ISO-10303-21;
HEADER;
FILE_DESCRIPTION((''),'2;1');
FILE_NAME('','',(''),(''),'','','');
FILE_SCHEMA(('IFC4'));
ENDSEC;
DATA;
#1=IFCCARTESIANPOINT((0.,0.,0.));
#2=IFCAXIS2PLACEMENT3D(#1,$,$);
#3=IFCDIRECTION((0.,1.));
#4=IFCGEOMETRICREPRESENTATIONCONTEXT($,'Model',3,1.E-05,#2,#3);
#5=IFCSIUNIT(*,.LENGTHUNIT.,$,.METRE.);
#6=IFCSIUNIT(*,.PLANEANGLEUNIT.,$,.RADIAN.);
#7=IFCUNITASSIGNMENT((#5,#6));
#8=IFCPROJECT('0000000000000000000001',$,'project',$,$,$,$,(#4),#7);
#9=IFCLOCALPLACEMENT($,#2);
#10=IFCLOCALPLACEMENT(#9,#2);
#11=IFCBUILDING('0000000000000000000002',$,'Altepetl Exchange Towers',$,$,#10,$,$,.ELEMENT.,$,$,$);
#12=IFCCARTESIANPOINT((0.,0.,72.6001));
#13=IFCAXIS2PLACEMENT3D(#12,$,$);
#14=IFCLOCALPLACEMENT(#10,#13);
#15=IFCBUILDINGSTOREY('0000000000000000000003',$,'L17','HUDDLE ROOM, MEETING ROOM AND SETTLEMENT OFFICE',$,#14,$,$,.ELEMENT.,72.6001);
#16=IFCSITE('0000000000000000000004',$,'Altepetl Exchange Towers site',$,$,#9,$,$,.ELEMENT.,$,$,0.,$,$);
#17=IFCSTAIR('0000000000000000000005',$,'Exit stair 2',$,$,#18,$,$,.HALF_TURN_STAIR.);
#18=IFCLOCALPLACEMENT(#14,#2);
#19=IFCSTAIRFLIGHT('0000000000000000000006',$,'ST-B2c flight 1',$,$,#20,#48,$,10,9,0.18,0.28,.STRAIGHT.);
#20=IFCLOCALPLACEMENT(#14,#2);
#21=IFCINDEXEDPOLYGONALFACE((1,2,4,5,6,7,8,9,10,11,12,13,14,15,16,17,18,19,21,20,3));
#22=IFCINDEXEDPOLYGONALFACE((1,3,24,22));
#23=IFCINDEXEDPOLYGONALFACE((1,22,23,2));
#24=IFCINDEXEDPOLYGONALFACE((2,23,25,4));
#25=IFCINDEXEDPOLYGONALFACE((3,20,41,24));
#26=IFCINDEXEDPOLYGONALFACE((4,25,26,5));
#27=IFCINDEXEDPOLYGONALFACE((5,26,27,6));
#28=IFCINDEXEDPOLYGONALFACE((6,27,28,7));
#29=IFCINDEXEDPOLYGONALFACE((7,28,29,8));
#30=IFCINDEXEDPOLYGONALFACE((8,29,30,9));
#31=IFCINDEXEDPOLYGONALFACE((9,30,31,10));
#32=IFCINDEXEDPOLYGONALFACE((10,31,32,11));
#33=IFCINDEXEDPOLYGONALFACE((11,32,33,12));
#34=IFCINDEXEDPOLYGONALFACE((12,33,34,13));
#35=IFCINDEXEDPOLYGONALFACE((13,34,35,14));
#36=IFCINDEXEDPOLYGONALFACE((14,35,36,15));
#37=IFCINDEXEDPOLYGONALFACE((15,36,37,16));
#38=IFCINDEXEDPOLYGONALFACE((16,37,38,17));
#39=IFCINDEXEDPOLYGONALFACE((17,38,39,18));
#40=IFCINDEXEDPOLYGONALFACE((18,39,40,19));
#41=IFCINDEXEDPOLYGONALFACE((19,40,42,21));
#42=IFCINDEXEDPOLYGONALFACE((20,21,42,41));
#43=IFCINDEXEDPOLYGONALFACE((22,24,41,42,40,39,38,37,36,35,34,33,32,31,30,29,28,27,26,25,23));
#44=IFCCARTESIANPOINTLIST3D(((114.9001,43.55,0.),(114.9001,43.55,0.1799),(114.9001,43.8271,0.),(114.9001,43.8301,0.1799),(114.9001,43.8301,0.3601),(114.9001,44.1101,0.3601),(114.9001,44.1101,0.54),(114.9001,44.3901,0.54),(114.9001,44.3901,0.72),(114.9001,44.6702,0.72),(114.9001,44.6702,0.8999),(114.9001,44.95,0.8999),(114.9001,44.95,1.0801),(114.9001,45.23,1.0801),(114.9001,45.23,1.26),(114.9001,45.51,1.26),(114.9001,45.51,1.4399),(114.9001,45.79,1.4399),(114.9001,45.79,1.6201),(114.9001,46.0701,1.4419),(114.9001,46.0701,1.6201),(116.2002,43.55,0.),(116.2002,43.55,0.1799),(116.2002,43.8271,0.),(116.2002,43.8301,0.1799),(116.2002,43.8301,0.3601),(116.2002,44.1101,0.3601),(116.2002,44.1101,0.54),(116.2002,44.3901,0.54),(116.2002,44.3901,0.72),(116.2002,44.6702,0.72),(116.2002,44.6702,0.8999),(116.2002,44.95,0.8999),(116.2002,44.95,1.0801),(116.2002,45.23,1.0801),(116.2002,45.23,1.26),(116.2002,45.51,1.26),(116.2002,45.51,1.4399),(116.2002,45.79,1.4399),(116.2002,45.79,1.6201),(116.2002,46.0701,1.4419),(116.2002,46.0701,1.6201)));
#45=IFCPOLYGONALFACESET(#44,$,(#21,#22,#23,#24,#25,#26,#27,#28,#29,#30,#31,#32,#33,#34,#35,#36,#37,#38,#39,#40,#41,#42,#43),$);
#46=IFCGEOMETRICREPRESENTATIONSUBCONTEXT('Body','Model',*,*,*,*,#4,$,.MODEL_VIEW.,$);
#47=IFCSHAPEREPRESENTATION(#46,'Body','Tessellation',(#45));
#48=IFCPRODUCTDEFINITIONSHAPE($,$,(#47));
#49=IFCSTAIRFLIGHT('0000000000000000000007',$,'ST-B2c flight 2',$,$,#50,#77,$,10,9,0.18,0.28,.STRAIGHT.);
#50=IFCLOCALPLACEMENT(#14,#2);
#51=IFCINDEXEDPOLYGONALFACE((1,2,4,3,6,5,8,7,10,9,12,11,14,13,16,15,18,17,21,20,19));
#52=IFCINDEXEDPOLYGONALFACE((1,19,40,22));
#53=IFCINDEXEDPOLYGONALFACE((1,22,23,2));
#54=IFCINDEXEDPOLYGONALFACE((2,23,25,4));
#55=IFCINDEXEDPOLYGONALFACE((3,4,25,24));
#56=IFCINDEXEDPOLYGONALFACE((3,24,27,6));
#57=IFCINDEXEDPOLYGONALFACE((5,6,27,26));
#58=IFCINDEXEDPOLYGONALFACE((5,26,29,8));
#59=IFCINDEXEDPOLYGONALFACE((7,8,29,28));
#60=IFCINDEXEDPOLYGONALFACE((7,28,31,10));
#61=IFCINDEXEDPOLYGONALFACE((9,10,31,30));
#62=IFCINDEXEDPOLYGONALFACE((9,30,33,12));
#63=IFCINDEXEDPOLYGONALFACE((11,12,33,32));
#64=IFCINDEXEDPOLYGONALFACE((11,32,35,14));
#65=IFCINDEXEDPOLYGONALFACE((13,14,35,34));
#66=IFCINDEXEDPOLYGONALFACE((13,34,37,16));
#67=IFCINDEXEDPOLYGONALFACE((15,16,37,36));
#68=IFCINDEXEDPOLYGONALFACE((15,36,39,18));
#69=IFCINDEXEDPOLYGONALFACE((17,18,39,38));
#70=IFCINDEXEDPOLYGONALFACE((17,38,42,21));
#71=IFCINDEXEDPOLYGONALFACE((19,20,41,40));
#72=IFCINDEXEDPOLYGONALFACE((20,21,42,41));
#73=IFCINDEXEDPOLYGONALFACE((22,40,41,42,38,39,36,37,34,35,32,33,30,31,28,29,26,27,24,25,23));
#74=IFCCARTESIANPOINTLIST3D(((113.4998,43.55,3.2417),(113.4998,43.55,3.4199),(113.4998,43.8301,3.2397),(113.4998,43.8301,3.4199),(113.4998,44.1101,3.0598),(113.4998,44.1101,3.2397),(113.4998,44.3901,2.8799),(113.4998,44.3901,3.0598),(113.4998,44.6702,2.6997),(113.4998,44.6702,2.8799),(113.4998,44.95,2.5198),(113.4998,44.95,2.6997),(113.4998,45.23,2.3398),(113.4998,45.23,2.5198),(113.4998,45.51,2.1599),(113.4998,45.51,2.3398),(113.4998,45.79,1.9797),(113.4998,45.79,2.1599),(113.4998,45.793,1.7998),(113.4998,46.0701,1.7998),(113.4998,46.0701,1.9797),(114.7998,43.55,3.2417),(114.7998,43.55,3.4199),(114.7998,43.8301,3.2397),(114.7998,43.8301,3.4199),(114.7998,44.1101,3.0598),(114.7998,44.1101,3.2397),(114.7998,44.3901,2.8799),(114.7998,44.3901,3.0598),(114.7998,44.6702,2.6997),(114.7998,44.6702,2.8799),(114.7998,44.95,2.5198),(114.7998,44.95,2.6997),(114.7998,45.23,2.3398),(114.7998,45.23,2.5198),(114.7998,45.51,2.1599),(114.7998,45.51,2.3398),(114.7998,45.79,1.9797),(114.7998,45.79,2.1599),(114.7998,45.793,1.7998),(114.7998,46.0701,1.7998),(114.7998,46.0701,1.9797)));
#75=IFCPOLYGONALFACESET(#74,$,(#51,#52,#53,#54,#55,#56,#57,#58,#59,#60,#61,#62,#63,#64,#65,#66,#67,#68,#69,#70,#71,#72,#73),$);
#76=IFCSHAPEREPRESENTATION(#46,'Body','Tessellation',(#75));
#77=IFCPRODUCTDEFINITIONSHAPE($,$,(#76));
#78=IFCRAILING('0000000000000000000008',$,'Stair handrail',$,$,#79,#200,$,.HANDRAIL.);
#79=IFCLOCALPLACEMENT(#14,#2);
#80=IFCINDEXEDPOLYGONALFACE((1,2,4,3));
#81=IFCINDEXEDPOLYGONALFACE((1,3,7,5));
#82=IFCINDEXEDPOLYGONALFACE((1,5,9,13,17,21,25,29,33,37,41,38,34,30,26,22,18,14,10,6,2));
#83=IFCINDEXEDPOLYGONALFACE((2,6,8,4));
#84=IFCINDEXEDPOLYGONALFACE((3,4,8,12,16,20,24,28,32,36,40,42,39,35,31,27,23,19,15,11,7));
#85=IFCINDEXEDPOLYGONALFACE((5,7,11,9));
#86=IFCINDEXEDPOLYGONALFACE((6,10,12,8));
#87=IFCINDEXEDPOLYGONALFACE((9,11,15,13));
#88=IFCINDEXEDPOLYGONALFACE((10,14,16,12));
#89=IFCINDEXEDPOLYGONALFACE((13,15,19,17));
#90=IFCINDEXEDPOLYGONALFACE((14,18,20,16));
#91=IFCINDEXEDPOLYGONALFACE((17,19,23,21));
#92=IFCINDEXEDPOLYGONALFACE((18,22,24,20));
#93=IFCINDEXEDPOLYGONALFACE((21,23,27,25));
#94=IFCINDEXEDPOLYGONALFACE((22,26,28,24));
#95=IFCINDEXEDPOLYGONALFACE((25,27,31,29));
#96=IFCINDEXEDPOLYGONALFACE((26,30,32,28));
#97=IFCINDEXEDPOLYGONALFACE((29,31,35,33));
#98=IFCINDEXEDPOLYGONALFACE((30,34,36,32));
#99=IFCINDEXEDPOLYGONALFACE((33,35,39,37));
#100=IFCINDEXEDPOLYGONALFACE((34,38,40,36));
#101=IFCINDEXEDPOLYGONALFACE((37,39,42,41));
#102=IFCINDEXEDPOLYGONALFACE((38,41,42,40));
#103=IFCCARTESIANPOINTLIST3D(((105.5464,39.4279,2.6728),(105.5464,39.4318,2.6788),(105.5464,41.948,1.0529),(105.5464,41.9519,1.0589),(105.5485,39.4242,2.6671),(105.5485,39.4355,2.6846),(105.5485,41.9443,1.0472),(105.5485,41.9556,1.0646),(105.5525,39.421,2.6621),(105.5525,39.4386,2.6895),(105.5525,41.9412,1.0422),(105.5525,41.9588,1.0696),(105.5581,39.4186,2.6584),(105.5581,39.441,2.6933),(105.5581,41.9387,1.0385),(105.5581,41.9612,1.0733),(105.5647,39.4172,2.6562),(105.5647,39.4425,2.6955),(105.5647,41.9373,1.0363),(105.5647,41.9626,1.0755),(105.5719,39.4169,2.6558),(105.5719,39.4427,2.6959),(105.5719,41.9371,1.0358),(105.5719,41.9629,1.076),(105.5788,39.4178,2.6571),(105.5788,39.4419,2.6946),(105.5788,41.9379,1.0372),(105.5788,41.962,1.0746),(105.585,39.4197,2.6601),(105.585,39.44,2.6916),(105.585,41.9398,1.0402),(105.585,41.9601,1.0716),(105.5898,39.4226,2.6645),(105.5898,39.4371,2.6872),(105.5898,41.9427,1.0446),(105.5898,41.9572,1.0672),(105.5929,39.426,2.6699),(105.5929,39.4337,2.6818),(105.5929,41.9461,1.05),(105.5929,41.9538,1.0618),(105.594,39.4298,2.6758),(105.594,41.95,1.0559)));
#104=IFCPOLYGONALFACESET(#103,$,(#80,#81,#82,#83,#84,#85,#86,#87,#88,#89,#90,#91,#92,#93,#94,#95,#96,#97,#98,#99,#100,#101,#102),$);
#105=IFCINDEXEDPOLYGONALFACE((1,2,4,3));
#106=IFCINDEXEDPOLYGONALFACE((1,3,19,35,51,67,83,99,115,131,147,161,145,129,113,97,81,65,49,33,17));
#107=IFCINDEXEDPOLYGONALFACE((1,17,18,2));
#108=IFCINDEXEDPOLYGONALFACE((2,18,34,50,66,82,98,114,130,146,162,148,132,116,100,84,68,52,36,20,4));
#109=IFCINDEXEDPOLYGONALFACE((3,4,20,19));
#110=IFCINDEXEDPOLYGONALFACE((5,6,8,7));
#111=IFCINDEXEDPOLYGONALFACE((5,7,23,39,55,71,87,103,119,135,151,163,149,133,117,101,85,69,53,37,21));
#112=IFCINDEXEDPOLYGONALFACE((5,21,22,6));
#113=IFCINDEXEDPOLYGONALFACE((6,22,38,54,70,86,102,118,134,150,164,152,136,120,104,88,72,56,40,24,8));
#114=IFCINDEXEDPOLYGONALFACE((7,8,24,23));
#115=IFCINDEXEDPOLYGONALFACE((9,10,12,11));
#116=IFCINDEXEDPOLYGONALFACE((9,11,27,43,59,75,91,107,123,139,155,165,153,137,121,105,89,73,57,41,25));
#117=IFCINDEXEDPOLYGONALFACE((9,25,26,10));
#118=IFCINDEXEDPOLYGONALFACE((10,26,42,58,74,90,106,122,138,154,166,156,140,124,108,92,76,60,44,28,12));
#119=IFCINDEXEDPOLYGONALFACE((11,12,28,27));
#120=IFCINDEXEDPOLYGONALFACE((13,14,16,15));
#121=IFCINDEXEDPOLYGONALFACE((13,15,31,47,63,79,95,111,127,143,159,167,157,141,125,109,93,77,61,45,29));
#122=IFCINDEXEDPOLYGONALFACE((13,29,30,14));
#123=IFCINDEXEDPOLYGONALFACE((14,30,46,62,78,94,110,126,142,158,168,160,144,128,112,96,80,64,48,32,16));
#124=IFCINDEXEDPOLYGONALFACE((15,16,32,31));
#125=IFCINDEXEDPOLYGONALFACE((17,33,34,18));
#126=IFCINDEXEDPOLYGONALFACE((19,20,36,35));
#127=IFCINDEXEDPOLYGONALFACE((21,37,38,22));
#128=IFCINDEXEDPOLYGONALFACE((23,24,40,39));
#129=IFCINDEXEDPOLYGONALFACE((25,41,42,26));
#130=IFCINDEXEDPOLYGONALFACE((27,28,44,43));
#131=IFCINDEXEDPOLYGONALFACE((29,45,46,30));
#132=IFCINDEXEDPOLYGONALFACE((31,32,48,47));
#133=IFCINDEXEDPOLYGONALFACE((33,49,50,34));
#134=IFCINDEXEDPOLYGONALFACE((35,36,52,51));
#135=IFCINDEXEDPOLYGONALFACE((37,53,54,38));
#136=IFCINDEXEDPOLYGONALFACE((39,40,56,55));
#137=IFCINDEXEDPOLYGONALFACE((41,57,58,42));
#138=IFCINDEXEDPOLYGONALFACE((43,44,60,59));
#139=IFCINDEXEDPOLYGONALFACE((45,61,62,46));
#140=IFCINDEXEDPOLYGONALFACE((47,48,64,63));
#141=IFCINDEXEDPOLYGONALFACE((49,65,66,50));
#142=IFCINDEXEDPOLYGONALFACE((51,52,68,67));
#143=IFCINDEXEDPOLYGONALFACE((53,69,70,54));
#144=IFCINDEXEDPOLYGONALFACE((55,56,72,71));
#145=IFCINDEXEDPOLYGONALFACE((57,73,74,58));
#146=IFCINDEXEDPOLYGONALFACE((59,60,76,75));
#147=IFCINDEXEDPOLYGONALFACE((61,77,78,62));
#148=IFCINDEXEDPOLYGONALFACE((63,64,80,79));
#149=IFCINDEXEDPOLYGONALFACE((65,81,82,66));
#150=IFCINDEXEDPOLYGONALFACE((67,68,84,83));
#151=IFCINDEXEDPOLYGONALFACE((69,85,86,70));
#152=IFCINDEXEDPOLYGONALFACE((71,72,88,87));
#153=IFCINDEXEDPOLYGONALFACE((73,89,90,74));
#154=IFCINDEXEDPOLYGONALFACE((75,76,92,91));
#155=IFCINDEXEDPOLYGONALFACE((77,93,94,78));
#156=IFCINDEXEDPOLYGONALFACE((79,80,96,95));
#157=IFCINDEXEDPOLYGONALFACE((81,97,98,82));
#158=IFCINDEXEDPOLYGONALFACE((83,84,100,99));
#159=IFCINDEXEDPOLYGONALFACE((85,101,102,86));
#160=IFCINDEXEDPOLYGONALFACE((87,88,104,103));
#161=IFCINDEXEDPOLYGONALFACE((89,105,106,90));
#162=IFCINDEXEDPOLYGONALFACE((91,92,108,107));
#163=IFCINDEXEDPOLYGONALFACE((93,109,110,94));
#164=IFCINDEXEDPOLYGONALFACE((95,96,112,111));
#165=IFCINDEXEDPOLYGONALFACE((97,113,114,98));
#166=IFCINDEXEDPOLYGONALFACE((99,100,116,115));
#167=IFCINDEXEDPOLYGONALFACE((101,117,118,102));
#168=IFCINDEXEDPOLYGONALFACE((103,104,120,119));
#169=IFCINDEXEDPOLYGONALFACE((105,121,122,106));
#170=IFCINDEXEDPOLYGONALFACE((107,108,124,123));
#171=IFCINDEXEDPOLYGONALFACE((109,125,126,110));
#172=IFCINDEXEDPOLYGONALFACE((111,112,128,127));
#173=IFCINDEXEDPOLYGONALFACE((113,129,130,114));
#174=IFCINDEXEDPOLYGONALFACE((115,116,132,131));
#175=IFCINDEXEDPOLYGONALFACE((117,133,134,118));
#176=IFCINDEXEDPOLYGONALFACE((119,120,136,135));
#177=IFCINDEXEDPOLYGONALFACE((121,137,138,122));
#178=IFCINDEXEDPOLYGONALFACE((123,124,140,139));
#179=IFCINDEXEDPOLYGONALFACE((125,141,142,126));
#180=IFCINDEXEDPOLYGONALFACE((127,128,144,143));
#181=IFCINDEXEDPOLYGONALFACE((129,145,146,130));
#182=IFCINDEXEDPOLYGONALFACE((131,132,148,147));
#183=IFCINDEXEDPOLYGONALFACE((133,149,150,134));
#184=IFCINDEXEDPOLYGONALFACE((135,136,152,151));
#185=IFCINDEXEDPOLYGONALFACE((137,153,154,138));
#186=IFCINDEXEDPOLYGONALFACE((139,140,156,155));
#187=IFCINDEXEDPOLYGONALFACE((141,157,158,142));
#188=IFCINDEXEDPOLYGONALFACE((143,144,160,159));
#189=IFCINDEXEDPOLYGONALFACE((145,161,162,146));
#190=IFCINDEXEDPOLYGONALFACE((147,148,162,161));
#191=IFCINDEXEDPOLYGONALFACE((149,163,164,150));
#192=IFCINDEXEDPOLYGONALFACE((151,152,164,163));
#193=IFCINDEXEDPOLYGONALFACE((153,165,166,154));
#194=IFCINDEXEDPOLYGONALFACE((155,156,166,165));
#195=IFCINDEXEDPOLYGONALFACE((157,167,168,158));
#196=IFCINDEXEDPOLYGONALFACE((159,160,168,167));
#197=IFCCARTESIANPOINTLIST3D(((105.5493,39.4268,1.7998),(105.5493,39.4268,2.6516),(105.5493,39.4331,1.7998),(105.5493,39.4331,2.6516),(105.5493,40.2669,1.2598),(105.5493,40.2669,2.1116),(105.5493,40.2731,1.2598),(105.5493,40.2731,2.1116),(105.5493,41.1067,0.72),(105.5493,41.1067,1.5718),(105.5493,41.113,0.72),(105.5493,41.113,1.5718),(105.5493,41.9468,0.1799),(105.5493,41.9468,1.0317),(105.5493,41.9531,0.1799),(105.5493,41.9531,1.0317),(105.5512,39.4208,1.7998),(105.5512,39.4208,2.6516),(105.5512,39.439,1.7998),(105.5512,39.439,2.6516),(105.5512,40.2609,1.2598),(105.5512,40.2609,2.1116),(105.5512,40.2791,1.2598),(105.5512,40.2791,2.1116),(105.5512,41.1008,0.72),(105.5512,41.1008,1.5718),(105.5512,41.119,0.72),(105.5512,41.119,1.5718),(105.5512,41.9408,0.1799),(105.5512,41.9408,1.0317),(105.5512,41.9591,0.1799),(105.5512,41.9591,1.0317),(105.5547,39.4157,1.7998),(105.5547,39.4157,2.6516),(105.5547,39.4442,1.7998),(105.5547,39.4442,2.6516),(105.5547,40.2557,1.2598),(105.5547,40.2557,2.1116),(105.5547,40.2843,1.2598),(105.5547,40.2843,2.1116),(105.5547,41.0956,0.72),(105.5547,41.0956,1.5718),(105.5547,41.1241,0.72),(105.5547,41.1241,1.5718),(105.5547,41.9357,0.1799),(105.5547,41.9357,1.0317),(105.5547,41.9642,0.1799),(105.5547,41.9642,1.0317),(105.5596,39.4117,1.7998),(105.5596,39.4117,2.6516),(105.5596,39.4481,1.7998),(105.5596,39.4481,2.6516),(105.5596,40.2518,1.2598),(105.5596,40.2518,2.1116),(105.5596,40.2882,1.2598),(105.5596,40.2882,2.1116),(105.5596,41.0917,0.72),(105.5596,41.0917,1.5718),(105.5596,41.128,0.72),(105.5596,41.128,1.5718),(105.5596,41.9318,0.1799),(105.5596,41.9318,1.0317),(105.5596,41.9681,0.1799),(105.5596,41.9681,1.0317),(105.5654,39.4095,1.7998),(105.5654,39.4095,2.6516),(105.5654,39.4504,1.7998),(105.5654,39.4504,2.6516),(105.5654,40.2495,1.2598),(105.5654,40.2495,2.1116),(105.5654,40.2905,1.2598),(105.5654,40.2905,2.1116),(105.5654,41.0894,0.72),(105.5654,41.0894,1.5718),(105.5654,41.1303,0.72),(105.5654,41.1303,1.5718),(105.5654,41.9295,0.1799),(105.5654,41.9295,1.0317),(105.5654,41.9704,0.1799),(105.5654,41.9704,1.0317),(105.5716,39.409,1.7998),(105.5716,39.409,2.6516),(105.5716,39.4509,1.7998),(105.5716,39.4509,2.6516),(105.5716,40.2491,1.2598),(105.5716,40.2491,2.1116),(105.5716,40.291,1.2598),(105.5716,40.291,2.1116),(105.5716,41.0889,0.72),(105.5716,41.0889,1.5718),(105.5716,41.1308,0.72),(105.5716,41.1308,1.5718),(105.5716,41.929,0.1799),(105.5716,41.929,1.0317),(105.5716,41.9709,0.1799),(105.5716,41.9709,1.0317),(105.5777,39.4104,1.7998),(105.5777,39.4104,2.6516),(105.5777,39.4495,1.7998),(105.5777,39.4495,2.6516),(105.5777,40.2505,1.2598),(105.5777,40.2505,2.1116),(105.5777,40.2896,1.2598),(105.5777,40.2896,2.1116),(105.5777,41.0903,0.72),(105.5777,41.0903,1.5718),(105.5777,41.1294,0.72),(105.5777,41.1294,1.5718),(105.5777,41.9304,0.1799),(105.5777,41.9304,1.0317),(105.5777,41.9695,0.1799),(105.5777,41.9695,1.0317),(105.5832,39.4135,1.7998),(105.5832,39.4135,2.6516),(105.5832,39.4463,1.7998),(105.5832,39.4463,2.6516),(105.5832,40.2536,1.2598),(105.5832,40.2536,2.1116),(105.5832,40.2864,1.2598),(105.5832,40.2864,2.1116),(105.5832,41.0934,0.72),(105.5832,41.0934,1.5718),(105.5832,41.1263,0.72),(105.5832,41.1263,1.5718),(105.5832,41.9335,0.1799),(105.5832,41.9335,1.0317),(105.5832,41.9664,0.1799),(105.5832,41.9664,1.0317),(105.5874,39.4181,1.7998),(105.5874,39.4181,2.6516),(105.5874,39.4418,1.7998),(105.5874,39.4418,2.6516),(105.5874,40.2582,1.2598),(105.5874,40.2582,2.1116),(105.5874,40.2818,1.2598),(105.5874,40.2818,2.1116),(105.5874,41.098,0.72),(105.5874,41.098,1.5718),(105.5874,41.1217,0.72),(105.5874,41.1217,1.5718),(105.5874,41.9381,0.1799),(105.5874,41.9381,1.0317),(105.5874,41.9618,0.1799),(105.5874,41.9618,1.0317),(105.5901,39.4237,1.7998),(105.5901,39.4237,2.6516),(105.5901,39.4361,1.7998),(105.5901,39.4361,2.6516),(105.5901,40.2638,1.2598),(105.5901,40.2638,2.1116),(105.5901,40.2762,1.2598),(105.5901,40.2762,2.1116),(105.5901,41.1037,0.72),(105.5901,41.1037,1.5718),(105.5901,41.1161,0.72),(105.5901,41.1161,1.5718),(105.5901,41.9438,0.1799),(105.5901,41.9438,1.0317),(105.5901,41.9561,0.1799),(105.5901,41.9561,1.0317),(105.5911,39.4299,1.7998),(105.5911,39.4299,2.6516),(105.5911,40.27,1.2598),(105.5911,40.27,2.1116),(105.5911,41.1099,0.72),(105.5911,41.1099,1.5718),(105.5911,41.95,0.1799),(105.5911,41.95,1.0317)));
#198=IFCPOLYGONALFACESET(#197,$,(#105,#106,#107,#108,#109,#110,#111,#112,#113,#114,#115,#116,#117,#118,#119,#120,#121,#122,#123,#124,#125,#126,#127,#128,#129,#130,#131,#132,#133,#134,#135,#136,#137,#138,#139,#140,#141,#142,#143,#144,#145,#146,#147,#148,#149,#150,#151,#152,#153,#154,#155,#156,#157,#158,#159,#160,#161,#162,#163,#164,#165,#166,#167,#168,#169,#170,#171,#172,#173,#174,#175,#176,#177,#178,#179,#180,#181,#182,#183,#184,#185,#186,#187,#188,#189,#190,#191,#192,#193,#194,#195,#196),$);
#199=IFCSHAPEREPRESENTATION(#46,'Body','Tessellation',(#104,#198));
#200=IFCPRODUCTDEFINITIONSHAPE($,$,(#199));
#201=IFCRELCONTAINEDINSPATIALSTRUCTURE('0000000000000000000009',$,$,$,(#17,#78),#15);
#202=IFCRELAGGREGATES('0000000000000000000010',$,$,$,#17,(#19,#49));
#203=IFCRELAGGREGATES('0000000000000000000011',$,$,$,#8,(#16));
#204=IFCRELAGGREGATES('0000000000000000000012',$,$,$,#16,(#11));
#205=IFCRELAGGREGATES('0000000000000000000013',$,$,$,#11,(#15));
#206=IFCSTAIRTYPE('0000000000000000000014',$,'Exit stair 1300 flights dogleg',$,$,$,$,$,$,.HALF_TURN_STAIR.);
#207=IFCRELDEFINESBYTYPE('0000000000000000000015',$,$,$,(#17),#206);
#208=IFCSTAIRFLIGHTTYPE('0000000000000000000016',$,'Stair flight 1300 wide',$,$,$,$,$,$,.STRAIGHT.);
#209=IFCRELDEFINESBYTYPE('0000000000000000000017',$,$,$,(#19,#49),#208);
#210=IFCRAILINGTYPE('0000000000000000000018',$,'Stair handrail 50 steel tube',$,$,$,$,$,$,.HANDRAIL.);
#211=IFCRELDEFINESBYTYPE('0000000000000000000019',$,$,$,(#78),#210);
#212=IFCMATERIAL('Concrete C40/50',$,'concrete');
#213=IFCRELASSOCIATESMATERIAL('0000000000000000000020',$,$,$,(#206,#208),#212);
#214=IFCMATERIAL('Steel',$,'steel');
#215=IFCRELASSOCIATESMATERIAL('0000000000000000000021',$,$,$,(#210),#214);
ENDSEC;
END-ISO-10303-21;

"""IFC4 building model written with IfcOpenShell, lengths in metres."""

from ifc_helpers import new_model, si_unit, direction, frame, origin, origin_2d, place, context, subcontext, project, spatial, polyline, circle, outline, extrude, source, transform, mapped, material, type_object, element, aggregate, save


model = new_model("IFC4")

# Units and contexts
model_context = context("Model", 3, precision=1e-05, world=origin(), true_north=direction((0.0, 1.0)))
body_context = subcontext(model_context, "Body", "Model", "MODEL_VIEW")
ifc_project = project(units=[si_unit("LENGTHUNIT", "METRE"), si_unit("PLANEANGLEUNIT", "RADIAN")], contexts=[model_context])

# Site, building, storey
site_placement = place(None, origin())
site = spatial("IfcSite", under=ifc_project, at=site_placement, Name="Altepetl Exchange Towers site", CompositionType="ELEMENT", RefElevation=0.0)
building_placement = place(site_placement, origin())
building = spatial("IfcBuilding", under=site, at=building_placement, Name="Altepetl Exchange Towers", CompositionType="ELEMENT")
storey_placement = place(building_placement, frame((0.0, 0.0, 72.6001)))
storey = spatial("IfcBuildingStorey", under=building, at=storey_placement, Name="L17", Description="HUDDLE ROOM, MEETING ROOM AND SETTLEMENT OFFICE", CompositionType="ELEMENT", Elevation=72.6001)

# Shared definitions
ifc_material_1 = material(Name="Concrete C40/50", Category="concrete")

# Shared definitions
stair_type = type_object("IfcStairType", Name="Exit stair 1300 flights dogleg", PredefinedType="HALF_TURN_STAIR", material=ifc_material_1)
stair_flight_type = type_object("IfcStairFlightType", Name="Stair flight 1300 wide", PredefinedType="STRAIGHT", material=ifc_material_1)

# Stair, stair flights
stair_1_placement = place(storey_placement, origin())
stair_1 = element("IfcStair", 1, at=stair_1_placement, inside=storey, type_object=stair_type, Name="Exit stair 2", PredefinedType="HALF_TURN_STAIR")
stair_flight_1_placement = place(storey_placement, frame((115.55, 43.55, 0.0), z_axis=(0.0, 0.0, 1.0), x_axis=(0.0, 1.0, 0.0)))
stair_flight_1 = element("IfcStairFlight", 2, at=stair_flight_1_placement, type_object=stair_flight_type, Name="ST-B2c flight 1", NumberOfRisers=10, NumberOfTreads=9, PredefinedType="STRAIGHT", RiserHeight=0.18, TreadLength=0.28, context=body_context, shape_type="SweptSolid", body=[
    extrude(outline(polyline([(0.0, 0.0), (0.0, 0.1799), (0.28, 0.1799), (0.28, 0.3601), (0.5601, 0.3601), (0.5601, 0.54), (0.8401, 0.54), (0.8401, 0.72), (1.1201, 0.72), (1.1201, 0.8999), (1.3999, 0.8999), (1.3999, 1.0801), (1.6799, 1.0801), (1.6799, 1.26), (1.96, 1.26), (1.96, 1.4399), (2.24, 1.4399), (2.24, 1.6201), (2.52, 1.6201), (2.52, 1.8), (2.52, 1.4419), (0.2771, 0.0), (0.0, 0.0)])), frame((0.0, 0.6499, 0.0), z_axis=(0.0, -1.0, 0.0), x_axis=(1.0, 0.0, 0.0)), (0.0, 0.0, 1.0), 1.3),
])
stair_flight_2_placement = place(storey_placement, frame((114.1499, 46.0701, 1.7998), z_axis=(0.0, 0.0, 1.0), x_axis=(0.0, -1.0, 0.0)))
stair_flight_2 = element("IfcStairFlight", 3, at=stair_flight_2_placement, type_object=stair_flight_type, Name="ST-B2c flight 2", NumberOfRisers=10, NumberOfTreads=9, PredefinedType="STRAIGHT", RiserHeight=0.18, TreadLength=0.28, context=body_context, shape_type="SweptSolid", body=[
    extrude(outline(polyline([(0.0, 0.0), (0.0, 0.1799), (0.28, 0.1799), (0.28, 0.3601), (0.5601, 0.3601), (0.5601, 0.54), (0.8401, 0.54), (0.8401, 0.72), (1.1201, 0.72), (1.1201, 0.8999), (1.3999, 0.8999), (1.3999, 1.0801), (1.6799, 1.0801), (1.6799, 1.26), (1.96, 1.26), (1.96, 1.4399), (2.24, 1.4399), (2.24, 1.6201), (2.52, 1.6201), (2.52, 1.8), (2.52, 1.4419), (0.2771, 0.0), (0.0, 0.0)])), frame((0.0, 0.6499, 0.0), z_axis=(0.0, -1.0, 0.0), x_axis=(1.0, 0.0, 0.0)), (0.0, 0.0, 1.0), 1.3),
])
aggregate(stair_1, [stair_flight_1, stair_flight_2])

# Railing
ifc_material_2 = material(Name="Steel", Category="steel")
railing_type = type_object("IfcRailingType", Name="Stair handrail 50 steel tube", PredefinedType="HANDRAIL", material=ifc_material_2)
shared_shape = source(origin(), body_context, "Body", "SweptSolid", [
    extrude(circle(Radius=0.021, at=origin_2d()), origin(), (0.0, 0.0, 1.0), 0.8518),
])
railing_1_placement = place(storey_placement, frame((105.5701, 41.95, 0.1799)))
element("IfcRailing", 4, at=railing_1_placement, inside=storey, type_object=railing_type, Name="Stair handrail", PredefinedType="HANDRAIL", context=body_context, shape_type="SweptSolid", body=[
    extrude(circle(Radius=0.0239, at=origin_2d()), frame((0.0, 0.0, 0.876), z_axis=(0.0, -0.8412, 0.540725), x_axis=(1.0, 0.0, 0.0)), (0.0, 0.0, 1.0), 2.9958),
    mapped(shared_shape, transform((0.0, 0.0, 0.0))),
    mapped(shared_shape, transform((0.0, -0.8401, 0.54))),
    mapped(shared_shape, transform((0.0, -1.6799, 1.0798))),
    mapped(shared_shape, transform((0.0, -2.52, 1.6199))),
])

save(model, "model.ifc")
